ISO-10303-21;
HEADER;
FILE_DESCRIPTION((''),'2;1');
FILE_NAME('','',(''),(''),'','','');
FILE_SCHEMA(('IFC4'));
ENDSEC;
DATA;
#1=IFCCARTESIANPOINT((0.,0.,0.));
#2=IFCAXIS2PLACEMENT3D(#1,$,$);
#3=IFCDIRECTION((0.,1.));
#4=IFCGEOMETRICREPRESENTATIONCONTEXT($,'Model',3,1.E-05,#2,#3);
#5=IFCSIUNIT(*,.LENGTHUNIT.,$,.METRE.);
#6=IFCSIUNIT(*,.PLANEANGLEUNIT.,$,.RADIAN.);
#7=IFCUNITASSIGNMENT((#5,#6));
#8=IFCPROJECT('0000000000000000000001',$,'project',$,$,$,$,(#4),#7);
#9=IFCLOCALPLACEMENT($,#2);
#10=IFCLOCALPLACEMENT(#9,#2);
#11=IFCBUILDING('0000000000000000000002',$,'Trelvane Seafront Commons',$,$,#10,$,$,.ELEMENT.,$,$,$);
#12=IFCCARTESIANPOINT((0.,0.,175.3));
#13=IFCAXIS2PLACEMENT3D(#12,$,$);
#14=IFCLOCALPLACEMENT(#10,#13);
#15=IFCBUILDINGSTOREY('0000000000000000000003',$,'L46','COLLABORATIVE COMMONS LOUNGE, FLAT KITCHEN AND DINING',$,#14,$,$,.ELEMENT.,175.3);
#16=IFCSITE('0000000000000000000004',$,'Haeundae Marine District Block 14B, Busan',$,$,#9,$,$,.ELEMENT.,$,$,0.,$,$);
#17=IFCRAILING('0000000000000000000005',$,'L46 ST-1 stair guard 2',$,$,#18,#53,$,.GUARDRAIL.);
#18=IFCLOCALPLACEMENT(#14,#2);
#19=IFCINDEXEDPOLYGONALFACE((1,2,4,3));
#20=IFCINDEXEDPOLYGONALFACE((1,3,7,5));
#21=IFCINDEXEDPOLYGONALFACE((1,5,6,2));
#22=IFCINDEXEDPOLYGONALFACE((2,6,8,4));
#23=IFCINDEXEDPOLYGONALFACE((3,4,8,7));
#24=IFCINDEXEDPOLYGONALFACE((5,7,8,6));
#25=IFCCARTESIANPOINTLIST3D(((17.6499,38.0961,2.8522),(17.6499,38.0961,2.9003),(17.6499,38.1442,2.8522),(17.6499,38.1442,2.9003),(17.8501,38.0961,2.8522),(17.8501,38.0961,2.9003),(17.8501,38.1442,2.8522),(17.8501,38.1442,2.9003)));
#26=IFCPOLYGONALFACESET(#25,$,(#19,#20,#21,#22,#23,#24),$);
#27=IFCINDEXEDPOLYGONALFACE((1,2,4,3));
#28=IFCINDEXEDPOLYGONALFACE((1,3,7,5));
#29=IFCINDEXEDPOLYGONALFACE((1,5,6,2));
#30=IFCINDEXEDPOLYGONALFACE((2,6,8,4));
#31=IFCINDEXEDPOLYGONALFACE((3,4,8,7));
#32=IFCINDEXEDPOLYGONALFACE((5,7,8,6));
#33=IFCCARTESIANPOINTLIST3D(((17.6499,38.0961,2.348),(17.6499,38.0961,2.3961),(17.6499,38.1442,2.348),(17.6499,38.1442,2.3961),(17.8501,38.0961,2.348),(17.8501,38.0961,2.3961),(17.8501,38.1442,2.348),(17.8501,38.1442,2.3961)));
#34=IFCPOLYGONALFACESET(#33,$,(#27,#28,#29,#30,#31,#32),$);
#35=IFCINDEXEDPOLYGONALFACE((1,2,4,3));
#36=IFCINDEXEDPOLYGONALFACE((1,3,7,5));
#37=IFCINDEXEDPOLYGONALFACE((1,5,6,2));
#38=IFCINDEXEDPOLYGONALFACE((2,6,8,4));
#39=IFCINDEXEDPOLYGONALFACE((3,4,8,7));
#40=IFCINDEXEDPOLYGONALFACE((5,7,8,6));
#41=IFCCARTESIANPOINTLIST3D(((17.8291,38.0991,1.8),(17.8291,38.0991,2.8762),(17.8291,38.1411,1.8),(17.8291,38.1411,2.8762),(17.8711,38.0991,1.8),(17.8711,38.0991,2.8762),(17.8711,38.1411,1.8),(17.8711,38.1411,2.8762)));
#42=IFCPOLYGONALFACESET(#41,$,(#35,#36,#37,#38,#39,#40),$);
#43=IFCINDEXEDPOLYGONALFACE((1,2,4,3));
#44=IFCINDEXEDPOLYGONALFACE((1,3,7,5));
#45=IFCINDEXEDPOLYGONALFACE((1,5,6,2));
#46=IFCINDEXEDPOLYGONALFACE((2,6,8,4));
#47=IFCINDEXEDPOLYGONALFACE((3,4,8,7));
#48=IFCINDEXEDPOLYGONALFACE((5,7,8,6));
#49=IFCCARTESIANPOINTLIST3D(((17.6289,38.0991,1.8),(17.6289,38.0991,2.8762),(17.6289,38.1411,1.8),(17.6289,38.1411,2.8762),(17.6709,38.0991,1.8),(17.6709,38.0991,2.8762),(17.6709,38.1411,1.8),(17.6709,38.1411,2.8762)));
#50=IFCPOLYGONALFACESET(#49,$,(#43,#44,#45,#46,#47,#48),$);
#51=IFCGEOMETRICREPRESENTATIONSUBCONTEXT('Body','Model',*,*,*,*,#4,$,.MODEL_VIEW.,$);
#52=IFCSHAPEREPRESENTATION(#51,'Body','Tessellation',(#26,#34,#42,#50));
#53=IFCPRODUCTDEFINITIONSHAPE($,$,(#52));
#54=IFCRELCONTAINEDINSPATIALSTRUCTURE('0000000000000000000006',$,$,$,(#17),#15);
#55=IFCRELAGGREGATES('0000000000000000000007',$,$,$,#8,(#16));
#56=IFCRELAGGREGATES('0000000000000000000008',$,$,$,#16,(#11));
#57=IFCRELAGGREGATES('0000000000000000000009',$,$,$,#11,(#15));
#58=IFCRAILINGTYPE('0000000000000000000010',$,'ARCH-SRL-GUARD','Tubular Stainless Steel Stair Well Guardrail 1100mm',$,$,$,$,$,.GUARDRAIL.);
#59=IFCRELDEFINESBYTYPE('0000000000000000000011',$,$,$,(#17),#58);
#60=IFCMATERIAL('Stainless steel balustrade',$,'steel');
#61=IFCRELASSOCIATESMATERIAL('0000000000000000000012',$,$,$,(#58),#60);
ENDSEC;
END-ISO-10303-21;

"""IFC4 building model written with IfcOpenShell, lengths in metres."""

from ifc_helpers import new_model, si_unit, direction, frame, origin, origin_2d, place, context, subcontext, project, spatial, rectangle, extrude, material, type_object, element, save


model = new_model("IFC4")

# Units and contexts
model_context = context("Model", 3, precision=1e-05, world=origin(), true_north=direction((0.0, 1.0)))
body_context = subcontext(model_context, "Body", "Model", "MODEL_VIEW")
ifc_project = project(units=[si_unit("LENGTHUNIT", "METRE"), si_unit("PLANEANGLEUNIT", "RADIAN")], contexts=[model_context])

# Site, building, storey
site_placement = place(None, origin())
site = spatial("IfcSite", under=ifc_project, at=site_placement, Name="Haeundae Marine District Block 14B, Busan", CompositionType="ELEMENT", RefElevation=0.0)
building_placement = place(site_placement, origin())
building = spatial("IfcBuilding", under=site, at=building_placement, Name="Trelvane Seafront Commons", CompositionType="ELEMENT")
storey_placement = place(building_placement, frame((0.0, 0.0, 175.3)))
storey = spatial("IfcBuildingStorey", under=building, at=storey_placement, Name="L46", Description="COLLABORATIVE COMMONS LOUNGE, FLAT KITCHEN AND DINING", CompositionType="ELEMENT", Elevation=175.3)

# Railing
ifc_material_1 = material(Name="Stainless steel balustrade", Category="steel")
railing_type = type_object("IfcRailingType", Name="ARCH-SRL-GUARD", Description="Tubular Stainless Steel Stair Well Guardrail 1100mm", PredefinedType="GUARDRAIL", material=ifc_material_1)
railing_placement = place(storey_placement, frame((17.8501, 38.1201, 1.8)))
element("IfcRailing", 1, at=railing_placement, inside=storey, type_object=railing_type, Name="L46 ST-1 stair guard 2", PredefinedType="GUARDRAIL", context=body_context, shape_type="SweptSolid", body=[
    extrude(rectangle(XDim=0.0481, YDim=0.0481, at=origin_2d()), frame((0.0, 0.0, 1.0762), z_axis=(-1.0, 0.0, 0.0), x_axis=(0.0, -1.0, 0.0)), (0.0, 0.0, 1.0), 0.2002),
    extrude(rectangle(XDim=0.0481, YDim=0.0481, at=origin_2d()), frame((0.0, 0.0, 0.572), z_axis=(-1.0, 0.0, 0.0), x_axis=(0.0, -1.0, 0.0)), (0.0, 0.0, 1.0), 0.2002),
    extrude(rectangle(XDim=0.042, YDim=0.042, at=origin_2d()), origin(), (0.0, 0.0, 1.0), 1.0762),
    extrude(rectangle(XDim=0.042, YDim=0.042, at=origin_2d()), frame((-0.2002, 0.0, 0.0)), (0.0, 0.0, 1.0), 1.0762),
])

save(model, "model.ifc")
